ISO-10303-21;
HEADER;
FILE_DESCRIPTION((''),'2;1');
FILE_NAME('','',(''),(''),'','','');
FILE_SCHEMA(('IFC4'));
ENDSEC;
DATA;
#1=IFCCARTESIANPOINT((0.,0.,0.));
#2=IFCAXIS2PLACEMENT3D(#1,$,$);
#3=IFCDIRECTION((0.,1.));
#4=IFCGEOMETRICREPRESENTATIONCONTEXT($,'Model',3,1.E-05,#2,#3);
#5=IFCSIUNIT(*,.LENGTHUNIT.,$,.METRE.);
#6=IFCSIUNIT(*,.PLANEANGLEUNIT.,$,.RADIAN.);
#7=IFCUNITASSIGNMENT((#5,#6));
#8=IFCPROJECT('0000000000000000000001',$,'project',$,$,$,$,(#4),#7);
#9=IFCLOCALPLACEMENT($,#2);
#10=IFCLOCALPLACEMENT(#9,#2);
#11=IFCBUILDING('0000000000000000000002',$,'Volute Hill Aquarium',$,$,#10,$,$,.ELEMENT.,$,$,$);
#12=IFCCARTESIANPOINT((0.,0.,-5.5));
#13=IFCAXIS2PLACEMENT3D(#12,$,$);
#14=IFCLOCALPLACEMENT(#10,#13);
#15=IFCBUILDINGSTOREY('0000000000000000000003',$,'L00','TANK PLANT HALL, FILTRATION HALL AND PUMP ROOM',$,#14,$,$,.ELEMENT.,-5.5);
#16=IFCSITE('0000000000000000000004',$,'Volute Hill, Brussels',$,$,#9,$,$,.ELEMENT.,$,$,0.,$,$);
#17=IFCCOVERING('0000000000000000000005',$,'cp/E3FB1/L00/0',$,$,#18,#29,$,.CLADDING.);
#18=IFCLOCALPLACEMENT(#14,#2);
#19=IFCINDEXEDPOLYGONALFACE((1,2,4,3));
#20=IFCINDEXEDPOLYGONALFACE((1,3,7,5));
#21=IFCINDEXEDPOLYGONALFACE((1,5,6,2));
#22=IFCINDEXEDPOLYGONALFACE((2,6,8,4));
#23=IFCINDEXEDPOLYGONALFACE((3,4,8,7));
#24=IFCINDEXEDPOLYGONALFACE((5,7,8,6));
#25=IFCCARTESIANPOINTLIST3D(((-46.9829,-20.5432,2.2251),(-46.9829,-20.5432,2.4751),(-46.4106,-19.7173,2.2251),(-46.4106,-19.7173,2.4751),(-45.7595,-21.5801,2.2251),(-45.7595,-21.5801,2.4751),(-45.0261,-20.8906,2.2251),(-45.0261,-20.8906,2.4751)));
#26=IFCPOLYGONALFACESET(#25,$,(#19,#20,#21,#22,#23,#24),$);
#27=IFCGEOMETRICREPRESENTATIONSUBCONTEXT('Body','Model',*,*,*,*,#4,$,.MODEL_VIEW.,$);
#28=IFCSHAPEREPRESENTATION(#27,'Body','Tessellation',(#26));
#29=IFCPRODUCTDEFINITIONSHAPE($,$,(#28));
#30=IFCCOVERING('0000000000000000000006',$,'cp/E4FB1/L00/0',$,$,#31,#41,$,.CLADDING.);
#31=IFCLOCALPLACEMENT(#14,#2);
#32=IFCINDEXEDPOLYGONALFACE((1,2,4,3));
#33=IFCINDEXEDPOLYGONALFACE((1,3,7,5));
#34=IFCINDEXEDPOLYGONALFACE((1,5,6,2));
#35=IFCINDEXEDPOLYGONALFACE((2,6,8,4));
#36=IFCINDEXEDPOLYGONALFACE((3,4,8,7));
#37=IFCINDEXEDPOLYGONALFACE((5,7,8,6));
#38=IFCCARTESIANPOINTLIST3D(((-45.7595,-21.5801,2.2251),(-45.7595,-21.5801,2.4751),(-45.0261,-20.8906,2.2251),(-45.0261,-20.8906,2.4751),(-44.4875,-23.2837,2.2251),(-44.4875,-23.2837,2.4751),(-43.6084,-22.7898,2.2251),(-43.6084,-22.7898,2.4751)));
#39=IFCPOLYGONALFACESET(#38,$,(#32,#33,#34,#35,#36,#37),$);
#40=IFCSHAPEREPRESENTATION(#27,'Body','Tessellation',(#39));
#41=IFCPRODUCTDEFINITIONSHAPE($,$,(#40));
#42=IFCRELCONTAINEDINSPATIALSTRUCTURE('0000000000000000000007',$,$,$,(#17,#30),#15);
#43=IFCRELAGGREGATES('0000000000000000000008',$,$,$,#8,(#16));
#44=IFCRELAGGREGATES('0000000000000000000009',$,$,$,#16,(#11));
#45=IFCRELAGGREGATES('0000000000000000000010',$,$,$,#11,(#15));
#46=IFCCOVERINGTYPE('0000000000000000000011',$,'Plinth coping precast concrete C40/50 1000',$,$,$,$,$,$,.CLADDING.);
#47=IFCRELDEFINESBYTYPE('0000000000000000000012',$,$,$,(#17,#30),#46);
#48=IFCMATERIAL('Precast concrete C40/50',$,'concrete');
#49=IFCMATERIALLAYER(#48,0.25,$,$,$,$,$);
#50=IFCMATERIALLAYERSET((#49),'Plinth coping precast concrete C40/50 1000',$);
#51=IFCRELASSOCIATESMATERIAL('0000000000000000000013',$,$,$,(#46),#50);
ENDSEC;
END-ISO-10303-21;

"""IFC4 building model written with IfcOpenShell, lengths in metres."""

from ifc_helpers import new_model, si_unit, direction, frame, origin, place, context, subcontext, project, spatial, polyline, outline, extrude, material, layer, layer_set, type_object, element, save


model = new_model("IFC4")

# Units and contexts
model_context = context("Model", 3, precision=1e-05, world=origin(), true_north=direction((0.0, 1.0)))
body_context = subcontext(model_context, "Body", "Model", "MODEL_VIEW")
ifc_project = project(units=[si_unit("LENGTHUNIT", "METRE"), si_unit("PLANEANGLEUNIT", "RADIAN")], contexts=[model_context])

# Site, building, storey
site_placement = place(None, origin())
site = spatial("IfcSite", under=ifc_project, at=site_placement, Name="Volute Hill, Brussels", CompositionType="ELEMENT", RefElevation=0.0)
building_placement = place(site_placement, origin())
building = spatial("IfcBuilding", under=site, at=building_placement, Name="Volute Hill Aquarium", CompositionType="ELEMENT")
storey_placement = place(building_placement, frame((0.0, 0.0, -5.5)))
storey = spatial("IfcBuildingStorey", under=building, at=storey_placement, Name="L00", Description="TANK PLANT HALL, FILTRATION HALL AND PUMP ROOM", CompositionType="ELEMENT", Elevation=-5.5)

# Coverings
ifc_material_1 = material(Name="Precast concrete C40/50", Category="concrete")
ifc_layer_1 = layer(ifc_material_1, 0.25)
ifc_layer_set_1 = layer_set([ifc_layer_1], Name="Plinth coping precast concrete C40/50 1000")
covering_type = type_object("IfcCoveringType", Name="Plinth coping precast concrete C40/50 1000", PredefinedType="CLADDING", material=ifc_layer_set_1)
covering_1_placement = place(storey_placement, frame((0.0, 0.0, 2.2251)))
element("IfcCovering", 1, at=covering_1_placement, inside=storey, type_object=covering_type, Name="cp/E3FB1/L00/0", PredefinedType="CLADDING", context=body_context, shape_type="SweptSolid", body=[
    extrude(outline(polyline([(-46.9829, -20.5432), (-45.7595, -21.5801), (-45.0261, -20.8906), (-46.4106, -19.7173), (-46.9829, -20.5432)])), origin(), (0.0, 0.0, 1.0), 0.25),
])
covering_2_placement = place(storey_placement, frame((0.0, 0.0, 2.2251)))
element("IfcCovering", 2, at=covering_2_placement, inside=storey, type_object=covering_type, Name="cp/E4FB1/L00/0", PredefinedType="CLADDING", context=body_context, shape_type="SweptSolid", body=[
    extrude(outline(polyline([(-44.4875, -23.2837), (-44.4875, -23.2837), (-43.6084, -22.7898), (-43.6084, -22.7898), (-45.0261, -20.8906), (-45.0261, -20.8906), (-45.7595, -21.5801), (-45.7595, -21.5801), (-44.4875, -23.2837)])), origin(), (0.0, 0.0, 1.0), 0.25),
])

save(model, "model.ifc")
